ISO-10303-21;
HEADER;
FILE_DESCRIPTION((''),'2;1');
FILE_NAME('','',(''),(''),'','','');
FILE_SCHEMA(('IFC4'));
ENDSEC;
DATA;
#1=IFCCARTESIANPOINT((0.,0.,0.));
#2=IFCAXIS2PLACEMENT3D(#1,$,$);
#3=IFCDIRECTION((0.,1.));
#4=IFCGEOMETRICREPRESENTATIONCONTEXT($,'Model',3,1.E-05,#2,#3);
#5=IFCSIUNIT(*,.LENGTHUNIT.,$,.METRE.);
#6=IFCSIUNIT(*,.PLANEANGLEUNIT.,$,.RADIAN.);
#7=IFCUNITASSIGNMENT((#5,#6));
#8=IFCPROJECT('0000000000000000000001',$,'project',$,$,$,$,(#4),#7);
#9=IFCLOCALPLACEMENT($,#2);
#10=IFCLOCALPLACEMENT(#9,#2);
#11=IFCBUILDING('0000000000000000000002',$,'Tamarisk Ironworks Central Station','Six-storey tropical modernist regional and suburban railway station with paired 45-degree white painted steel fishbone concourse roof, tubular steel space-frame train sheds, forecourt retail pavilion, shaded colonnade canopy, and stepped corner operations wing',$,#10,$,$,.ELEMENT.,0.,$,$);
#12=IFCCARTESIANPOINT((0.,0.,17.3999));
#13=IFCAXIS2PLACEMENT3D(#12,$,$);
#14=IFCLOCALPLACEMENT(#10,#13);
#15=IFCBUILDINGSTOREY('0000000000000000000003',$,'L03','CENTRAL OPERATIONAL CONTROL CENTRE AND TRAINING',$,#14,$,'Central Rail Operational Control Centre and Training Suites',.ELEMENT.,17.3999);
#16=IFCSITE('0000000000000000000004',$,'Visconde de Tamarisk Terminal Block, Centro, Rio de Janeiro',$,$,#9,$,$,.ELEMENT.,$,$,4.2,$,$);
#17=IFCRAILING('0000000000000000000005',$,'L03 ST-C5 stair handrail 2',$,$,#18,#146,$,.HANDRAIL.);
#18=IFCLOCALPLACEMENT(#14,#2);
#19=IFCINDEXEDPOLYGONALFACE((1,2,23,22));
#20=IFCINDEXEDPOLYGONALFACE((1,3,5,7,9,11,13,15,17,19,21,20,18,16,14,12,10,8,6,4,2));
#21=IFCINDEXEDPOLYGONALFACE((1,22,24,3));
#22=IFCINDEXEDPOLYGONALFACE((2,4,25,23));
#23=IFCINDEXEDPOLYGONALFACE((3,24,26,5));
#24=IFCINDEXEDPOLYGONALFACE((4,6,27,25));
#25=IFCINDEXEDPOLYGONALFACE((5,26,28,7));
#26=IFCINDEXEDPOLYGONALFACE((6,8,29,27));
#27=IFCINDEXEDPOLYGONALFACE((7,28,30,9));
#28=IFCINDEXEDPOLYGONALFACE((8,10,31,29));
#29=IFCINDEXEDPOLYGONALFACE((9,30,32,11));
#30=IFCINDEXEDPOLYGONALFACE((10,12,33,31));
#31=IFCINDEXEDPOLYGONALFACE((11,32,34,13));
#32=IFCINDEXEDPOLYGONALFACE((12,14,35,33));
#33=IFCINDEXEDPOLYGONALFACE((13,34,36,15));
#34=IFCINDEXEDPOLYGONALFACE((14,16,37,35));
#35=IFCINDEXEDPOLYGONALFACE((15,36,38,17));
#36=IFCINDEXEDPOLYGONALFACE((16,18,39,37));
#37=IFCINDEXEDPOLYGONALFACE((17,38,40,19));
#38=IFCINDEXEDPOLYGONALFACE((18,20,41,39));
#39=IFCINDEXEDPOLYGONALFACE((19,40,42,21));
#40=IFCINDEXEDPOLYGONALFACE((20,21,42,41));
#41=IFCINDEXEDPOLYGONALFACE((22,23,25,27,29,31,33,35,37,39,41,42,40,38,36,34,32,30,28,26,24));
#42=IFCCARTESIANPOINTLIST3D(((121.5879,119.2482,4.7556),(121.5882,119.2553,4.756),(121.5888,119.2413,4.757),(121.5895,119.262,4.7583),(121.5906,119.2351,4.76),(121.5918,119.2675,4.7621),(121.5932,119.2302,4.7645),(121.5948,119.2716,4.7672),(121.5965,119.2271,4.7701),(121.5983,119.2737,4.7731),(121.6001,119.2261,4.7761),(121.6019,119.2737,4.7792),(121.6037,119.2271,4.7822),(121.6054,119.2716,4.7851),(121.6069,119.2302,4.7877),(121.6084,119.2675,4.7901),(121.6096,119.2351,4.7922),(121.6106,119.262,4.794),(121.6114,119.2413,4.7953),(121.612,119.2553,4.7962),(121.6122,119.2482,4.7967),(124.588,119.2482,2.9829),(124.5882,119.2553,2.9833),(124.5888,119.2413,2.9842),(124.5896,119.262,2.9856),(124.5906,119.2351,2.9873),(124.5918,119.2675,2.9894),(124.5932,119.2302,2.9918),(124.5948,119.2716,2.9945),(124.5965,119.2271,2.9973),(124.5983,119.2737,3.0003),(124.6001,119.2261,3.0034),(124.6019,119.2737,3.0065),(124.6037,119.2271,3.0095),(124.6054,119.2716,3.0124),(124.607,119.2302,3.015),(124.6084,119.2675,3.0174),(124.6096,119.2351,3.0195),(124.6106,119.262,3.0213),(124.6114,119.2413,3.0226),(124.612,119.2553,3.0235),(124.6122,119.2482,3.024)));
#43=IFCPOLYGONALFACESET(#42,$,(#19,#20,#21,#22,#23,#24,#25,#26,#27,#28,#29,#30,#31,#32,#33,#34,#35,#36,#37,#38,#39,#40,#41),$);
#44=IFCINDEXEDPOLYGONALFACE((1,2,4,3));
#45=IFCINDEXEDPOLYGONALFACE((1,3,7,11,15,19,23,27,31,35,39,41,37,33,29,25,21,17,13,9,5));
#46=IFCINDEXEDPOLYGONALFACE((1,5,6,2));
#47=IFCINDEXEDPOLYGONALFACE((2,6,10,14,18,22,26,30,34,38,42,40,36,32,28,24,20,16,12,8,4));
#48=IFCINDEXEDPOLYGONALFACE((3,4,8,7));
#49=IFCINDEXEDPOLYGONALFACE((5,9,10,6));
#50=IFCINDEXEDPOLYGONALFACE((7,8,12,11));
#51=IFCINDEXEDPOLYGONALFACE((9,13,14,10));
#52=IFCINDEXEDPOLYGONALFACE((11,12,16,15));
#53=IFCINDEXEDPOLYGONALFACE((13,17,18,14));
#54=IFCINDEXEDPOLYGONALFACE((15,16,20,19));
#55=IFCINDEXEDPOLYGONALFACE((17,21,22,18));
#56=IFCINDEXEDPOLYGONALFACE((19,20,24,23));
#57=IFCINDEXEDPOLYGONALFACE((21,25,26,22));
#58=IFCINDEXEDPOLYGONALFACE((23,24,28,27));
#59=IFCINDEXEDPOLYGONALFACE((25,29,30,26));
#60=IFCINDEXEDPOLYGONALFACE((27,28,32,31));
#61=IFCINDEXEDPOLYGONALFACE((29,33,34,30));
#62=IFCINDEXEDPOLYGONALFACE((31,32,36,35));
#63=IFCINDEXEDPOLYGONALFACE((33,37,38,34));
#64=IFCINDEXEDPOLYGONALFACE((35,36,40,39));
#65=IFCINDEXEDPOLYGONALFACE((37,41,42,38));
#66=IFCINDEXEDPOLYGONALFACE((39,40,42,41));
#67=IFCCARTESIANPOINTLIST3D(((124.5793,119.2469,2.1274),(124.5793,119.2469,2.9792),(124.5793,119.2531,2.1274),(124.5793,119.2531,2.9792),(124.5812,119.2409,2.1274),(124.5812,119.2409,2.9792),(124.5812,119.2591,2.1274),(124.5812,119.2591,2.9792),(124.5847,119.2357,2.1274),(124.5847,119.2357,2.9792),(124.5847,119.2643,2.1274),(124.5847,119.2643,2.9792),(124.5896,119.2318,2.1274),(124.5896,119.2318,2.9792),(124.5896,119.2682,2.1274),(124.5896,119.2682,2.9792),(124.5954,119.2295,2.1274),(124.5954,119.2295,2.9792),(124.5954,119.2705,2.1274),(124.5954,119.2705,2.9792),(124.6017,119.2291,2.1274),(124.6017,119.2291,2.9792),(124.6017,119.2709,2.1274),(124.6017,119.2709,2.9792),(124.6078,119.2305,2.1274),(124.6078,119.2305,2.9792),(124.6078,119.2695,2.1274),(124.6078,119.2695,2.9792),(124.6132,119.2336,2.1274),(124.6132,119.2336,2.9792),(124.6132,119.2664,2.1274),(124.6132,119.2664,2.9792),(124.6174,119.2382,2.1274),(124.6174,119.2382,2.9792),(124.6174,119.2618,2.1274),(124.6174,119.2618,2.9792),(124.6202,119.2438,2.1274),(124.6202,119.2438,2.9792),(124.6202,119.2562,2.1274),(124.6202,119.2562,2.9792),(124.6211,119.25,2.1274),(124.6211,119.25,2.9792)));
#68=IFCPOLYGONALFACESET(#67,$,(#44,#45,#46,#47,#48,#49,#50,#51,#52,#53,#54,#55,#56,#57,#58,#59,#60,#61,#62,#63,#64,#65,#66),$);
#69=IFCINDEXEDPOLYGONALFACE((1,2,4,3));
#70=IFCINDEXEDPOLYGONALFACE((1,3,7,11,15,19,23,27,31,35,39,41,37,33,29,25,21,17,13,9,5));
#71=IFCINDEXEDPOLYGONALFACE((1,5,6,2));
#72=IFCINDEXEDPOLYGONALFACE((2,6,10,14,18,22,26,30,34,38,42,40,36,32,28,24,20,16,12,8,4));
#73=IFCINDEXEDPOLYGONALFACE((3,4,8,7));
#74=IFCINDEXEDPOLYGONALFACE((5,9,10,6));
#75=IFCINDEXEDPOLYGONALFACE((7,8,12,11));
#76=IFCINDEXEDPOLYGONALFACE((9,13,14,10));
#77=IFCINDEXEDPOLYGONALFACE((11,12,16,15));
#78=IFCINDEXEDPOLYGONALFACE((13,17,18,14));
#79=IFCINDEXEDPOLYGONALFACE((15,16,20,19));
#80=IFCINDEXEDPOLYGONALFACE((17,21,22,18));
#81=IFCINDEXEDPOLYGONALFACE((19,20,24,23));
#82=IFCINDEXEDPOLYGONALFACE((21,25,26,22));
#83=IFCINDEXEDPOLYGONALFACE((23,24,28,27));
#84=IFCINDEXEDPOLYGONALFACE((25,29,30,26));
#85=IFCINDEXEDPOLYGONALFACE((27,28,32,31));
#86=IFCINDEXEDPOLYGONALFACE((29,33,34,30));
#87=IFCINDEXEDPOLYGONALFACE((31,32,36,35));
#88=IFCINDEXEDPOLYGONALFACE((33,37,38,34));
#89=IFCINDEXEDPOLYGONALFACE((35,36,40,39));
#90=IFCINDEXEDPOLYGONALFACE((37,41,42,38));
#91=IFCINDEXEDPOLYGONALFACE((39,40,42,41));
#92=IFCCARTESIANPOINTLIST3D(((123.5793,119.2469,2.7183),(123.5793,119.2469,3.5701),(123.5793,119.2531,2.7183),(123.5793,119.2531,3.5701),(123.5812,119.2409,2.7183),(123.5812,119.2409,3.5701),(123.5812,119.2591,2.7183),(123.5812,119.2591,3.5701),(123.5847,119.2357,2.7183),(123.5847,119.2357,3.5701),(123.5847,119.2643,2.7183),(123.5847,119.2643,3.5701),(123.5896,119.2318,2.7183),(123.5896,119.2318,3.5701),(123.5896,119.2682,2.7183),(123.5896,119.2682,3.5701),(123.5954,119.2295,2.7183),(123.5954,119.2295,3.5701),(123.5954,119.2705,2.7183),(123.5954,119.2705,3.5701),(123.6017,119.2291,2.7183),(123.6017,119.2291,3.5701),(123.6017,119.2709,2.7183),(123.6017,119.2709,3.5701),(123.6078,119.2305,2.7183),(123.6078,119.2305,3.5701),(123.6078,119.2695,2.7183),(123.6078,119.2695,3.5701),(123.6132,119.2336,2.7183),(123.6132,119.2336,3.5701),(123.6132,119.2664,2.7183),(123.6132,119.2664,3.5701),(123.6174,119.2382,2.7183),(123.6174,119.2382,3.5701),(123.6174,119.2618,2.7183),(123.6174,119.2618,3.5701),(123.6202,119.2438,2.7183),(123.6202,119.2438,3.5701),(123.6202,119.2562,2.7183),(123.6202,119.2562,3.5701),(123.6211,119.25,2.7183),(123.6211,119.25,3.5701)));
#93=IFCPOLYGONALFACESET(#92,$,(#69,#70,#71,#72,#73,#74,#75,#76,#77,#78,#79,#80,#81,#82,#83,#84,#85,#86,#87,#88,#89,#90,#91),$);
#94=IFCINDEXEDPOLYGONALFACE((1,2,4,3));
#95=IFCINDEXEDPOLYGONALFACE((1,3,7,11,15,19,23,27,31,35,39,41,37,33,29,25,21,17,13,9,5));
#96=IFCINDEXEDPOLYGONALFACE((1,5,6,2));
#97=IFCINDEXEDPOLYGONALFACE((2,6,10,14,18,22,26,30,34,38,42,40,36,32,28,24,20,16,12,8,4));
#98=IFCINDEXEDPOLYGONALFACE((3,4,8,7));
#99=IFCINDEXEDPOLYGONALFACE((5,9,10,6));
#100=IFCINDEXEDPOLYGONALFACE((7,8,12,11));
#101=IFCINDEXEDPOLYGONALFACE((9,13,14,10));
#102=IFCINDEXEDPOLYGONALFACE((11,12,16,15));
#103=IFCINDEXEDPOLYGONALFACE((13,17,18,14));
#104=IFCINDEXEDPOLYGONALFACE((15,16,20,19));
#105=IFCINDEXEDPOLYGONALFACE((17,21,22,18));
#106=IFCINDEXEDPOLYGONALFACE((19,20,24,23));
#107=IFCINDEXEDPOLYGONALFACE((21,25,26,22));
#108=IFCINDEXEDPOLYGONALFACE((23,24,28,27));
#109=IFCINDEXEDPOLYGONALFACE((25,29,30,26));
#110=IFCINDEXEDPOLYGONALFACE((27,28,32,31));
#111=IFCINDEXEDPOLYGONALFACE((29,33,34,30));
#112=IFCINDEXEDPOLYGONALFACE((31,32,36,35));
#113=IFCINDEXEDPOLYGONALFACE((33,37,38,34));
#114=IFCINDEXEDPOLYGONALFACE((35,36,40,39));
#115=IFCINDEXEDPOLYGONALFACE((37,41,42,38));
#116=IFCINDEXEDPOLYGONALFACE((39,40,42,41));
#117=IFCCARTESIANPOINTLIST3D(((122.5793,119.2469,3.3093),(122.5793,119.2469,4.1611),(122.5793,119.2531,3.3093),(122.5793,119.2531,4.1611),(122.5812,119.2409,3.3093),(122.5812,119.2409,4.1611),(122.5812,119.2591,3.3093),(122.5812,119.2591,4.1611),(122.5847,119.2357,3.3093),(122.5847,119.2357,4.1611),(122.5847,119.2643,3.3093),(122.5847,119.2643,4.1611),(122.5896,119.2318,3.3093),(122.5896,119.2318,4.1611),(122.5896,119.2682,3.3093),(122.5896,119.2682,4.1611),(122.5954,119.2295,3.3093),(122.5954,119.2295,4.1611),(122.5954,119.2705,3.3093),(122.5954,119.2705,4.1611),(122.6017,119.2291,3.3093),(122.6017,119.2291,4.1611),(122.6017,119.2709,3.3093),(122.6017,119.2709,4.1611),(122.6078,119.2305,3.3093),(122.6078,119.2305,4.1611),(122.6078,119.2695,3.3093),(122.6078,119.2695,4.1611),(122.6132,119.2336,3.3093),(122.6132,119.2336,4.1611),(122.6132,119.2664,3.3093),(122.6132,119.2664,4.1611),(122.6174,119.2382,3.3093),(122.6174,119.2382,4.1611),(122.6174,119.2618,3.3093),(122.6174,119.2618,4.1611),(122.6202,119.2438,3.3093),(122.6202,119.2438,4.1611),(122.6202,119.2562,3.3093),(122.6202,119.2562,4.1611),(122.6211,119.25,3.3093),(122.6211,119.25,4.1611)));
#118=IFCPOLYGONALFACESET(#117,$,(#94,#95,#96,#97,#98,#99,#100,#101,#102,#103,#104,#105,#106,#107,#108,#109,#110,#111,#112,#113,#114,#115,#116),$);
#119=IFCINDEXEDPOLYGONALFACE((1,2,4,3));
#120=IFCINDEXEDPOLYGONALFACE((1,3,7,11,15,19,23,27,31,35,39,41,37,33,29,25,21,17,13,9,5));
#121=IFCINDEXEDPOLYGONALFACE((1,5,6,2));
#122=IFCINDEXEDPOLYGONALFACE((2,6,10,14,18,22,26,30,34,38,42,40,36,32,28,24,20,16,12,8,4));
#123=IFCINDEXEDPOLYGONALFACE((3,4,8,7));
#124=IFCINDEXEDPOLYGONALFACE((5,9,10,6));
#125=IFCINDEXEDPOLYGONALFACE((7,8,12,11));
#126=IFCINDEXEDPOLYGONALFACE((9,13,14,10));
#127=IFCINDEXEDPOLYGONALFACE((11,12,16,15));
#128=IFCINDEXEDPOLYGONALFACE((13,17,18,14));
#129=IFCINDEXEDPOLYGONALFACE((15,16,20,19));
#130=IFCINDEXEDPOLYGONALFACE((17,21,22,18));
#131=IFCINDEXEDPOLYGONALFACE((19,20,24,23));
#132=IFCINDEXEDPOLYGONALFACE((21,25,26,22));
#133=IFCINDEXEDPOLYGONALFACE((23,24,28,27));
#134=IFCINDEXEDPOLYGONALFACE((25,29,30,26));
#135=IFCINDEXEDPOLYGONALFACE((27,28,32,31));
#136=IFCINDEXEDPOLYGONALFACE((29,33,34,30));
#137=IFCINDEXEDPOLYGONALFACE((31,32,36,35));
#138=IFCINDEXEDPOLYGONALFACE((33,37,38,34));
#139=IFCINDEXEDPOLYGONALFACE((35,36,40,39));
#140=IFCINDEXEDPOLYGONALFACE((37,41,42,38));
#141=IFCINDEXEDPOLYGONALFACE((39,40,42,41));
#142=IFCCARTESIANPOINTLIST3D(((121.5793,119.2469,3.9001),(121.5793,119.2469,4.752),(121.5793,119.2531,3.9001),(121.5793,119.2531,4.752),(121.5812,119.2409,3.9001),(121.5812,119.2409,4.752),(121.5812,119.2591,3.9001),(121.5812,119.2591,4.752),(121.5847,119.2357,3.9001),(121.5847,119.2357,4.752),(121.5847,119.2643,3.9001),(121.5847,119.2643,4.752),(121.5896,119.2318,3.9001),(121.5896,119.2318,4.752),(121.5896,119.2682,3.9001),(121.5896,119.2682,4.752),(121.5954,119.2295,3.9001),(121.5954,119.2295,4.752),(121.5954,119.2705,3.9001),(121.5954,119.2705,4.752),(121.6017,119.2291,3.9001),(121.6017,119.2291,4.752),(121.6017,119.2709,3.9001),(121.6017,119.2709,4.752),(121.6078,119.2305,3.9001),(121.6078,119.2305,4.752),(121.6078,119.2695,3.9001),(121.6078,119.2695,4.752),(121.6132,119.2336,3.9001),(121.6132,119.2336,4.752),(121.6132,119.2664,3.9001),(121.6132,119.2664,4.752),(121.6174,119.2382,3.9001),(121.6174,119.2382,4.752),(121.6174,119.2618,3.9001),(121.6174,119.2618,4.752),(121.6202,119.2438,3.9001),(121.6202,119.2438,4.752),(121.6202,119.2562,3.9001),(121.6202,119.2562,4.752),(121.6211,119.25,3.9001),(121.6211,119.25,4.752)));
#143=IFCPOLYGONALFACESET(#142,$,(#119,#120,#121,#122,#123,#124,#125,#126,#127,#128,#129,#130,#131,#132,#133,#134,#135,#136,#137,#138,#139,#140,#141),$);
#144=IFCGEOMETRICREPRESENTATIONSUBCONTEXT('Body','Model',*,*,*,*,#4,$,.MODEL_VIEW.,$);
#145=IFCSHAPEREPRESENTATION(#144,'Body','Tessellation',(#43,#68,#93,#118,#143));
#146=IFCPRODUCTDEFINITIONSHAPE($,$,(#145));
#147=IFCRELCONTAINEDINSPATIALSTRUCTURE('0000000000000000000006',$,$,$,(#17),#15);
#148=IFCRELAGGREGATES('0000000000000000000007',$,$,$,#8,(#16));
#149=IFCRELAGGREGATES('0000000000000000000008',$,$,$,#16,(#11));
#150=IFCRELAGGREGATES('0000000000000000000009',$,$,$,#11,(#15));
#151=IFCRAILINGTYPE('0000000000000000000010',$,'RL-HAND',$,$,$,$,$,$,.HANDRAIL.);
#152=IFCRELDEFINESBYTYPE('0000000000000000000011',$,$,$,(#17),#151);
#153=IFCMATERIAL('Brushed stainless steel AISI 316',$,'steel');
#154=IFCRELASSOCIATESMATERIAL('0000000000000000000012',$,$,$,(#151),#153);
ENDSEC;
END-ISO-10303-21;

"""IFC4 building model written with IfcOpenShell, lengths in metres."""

from ifc_helpers import new_model, si_unit, direction, frame, origin, origin_2d, place, context, subcontext, project, spatial, circle, extrude, material, type_object, element, save


model = new_model("IFC4")

# Units and contexts
model_context = context("Model", 3, precision=1e-05, world=origin(), true_north=direction((0.0, 1.0)))
body_context = subcontext(model_context, "Body", "Model", "MODEL_VIEW")
ifc_project = project(units=[si_unit("LENGTHUNIT", "METRE"), si_unit("PLANEANGLEUNIT", "RADIAN")], contexts=[model_context])

# Site, building, storey
site_placement = place(None, origin())
site = spatial("IfcSite", under=ifc_project, at=site_placement, Name="Visconde de Tamarisk Terminal Block, Centro, Rio de Janeiro", CompositionType="ELEMENT", RefElevation=4.2)
building_placement = place(site_placement, origin())
building = spatial("IfcBuilding", under=site, at=building_placement, Name="Tamarisk Ironworks Central Station", Description="Six-storey tropical modernist regional and suburban railway station with paired 45-degree white painted steel fishbone concourse roof, tubular steel space-frame train sheds, forecourt retail pavilion, shaded colonnade canopy, and stepped corner operations wing", CompositionType="ELEMENT", ElevationOfRefHeight=0.0)
storey_placement = place(building_placement, frame((0.0, 0.0, 17.3999)))
storey = spatial("IfcBuildingStorey", under=building, at=storey_placement, Name="L03", Description="CENTRAL OPERATIONAL CONTROL CENTRE AND TRAINING", LongName="Central Rail Operational Control Centre and Training Suites", CompositionType="ELEMENT", Elevation=17.3999)

# Railing
ifc_material_1 = material(Name="Brushed stainless steel AISI 316", Category="steel")
railing_type_1 = type_object("IfcRailingType", Name="RL-HAND", PredefinedType="HANDRAIL", material=ifc_material_1)
railing_1_placement = place(storey_placement, frame((124.6001, 119.25, 2.1274)))
element("IfcRailing", 1, at=railing_1_placement, inside=storey, type_object=railing_type_1, Name="L03 ST-C5 stair handrail 2", PredefinedType="HANDRAIL", context=body_context, shape_type="SweptSolid", body=[
    extrude(circle(Radius=0.0239, at=origin_2d()), frame((0.0, 0.0, 0.876), z_axis=(-0.860929, 0.0, 0.508725), x_axis=(0.0, -1.0, 0.0)), (0.0, 0.0, 1.0), 3.4846),
    extrude(circle(Radius=0.021, at=origin_2d()), origin(), (0.0, 0.0, 1.0), 0.8518),
    extrude(circle(Radius=0.021, at=origin_2d()), frame((-1.0, 0.0, 0.5908)), (0.0, 0.0, 1.0), 0.8518),
    extrude(circle(Radius=0.021, at=origin_2d()), frame((-2.0, 0.0, 1.1819)), (0.0, 0.0, 1.0), 0.8518),
    extrude(circle(Radius=0.021, at=origin_2d()), frame((-3.0, 0.0, 1.7727)), (0.0, 0.0, 1.0), 0.8518),
])

save(model, "model.ifc")
